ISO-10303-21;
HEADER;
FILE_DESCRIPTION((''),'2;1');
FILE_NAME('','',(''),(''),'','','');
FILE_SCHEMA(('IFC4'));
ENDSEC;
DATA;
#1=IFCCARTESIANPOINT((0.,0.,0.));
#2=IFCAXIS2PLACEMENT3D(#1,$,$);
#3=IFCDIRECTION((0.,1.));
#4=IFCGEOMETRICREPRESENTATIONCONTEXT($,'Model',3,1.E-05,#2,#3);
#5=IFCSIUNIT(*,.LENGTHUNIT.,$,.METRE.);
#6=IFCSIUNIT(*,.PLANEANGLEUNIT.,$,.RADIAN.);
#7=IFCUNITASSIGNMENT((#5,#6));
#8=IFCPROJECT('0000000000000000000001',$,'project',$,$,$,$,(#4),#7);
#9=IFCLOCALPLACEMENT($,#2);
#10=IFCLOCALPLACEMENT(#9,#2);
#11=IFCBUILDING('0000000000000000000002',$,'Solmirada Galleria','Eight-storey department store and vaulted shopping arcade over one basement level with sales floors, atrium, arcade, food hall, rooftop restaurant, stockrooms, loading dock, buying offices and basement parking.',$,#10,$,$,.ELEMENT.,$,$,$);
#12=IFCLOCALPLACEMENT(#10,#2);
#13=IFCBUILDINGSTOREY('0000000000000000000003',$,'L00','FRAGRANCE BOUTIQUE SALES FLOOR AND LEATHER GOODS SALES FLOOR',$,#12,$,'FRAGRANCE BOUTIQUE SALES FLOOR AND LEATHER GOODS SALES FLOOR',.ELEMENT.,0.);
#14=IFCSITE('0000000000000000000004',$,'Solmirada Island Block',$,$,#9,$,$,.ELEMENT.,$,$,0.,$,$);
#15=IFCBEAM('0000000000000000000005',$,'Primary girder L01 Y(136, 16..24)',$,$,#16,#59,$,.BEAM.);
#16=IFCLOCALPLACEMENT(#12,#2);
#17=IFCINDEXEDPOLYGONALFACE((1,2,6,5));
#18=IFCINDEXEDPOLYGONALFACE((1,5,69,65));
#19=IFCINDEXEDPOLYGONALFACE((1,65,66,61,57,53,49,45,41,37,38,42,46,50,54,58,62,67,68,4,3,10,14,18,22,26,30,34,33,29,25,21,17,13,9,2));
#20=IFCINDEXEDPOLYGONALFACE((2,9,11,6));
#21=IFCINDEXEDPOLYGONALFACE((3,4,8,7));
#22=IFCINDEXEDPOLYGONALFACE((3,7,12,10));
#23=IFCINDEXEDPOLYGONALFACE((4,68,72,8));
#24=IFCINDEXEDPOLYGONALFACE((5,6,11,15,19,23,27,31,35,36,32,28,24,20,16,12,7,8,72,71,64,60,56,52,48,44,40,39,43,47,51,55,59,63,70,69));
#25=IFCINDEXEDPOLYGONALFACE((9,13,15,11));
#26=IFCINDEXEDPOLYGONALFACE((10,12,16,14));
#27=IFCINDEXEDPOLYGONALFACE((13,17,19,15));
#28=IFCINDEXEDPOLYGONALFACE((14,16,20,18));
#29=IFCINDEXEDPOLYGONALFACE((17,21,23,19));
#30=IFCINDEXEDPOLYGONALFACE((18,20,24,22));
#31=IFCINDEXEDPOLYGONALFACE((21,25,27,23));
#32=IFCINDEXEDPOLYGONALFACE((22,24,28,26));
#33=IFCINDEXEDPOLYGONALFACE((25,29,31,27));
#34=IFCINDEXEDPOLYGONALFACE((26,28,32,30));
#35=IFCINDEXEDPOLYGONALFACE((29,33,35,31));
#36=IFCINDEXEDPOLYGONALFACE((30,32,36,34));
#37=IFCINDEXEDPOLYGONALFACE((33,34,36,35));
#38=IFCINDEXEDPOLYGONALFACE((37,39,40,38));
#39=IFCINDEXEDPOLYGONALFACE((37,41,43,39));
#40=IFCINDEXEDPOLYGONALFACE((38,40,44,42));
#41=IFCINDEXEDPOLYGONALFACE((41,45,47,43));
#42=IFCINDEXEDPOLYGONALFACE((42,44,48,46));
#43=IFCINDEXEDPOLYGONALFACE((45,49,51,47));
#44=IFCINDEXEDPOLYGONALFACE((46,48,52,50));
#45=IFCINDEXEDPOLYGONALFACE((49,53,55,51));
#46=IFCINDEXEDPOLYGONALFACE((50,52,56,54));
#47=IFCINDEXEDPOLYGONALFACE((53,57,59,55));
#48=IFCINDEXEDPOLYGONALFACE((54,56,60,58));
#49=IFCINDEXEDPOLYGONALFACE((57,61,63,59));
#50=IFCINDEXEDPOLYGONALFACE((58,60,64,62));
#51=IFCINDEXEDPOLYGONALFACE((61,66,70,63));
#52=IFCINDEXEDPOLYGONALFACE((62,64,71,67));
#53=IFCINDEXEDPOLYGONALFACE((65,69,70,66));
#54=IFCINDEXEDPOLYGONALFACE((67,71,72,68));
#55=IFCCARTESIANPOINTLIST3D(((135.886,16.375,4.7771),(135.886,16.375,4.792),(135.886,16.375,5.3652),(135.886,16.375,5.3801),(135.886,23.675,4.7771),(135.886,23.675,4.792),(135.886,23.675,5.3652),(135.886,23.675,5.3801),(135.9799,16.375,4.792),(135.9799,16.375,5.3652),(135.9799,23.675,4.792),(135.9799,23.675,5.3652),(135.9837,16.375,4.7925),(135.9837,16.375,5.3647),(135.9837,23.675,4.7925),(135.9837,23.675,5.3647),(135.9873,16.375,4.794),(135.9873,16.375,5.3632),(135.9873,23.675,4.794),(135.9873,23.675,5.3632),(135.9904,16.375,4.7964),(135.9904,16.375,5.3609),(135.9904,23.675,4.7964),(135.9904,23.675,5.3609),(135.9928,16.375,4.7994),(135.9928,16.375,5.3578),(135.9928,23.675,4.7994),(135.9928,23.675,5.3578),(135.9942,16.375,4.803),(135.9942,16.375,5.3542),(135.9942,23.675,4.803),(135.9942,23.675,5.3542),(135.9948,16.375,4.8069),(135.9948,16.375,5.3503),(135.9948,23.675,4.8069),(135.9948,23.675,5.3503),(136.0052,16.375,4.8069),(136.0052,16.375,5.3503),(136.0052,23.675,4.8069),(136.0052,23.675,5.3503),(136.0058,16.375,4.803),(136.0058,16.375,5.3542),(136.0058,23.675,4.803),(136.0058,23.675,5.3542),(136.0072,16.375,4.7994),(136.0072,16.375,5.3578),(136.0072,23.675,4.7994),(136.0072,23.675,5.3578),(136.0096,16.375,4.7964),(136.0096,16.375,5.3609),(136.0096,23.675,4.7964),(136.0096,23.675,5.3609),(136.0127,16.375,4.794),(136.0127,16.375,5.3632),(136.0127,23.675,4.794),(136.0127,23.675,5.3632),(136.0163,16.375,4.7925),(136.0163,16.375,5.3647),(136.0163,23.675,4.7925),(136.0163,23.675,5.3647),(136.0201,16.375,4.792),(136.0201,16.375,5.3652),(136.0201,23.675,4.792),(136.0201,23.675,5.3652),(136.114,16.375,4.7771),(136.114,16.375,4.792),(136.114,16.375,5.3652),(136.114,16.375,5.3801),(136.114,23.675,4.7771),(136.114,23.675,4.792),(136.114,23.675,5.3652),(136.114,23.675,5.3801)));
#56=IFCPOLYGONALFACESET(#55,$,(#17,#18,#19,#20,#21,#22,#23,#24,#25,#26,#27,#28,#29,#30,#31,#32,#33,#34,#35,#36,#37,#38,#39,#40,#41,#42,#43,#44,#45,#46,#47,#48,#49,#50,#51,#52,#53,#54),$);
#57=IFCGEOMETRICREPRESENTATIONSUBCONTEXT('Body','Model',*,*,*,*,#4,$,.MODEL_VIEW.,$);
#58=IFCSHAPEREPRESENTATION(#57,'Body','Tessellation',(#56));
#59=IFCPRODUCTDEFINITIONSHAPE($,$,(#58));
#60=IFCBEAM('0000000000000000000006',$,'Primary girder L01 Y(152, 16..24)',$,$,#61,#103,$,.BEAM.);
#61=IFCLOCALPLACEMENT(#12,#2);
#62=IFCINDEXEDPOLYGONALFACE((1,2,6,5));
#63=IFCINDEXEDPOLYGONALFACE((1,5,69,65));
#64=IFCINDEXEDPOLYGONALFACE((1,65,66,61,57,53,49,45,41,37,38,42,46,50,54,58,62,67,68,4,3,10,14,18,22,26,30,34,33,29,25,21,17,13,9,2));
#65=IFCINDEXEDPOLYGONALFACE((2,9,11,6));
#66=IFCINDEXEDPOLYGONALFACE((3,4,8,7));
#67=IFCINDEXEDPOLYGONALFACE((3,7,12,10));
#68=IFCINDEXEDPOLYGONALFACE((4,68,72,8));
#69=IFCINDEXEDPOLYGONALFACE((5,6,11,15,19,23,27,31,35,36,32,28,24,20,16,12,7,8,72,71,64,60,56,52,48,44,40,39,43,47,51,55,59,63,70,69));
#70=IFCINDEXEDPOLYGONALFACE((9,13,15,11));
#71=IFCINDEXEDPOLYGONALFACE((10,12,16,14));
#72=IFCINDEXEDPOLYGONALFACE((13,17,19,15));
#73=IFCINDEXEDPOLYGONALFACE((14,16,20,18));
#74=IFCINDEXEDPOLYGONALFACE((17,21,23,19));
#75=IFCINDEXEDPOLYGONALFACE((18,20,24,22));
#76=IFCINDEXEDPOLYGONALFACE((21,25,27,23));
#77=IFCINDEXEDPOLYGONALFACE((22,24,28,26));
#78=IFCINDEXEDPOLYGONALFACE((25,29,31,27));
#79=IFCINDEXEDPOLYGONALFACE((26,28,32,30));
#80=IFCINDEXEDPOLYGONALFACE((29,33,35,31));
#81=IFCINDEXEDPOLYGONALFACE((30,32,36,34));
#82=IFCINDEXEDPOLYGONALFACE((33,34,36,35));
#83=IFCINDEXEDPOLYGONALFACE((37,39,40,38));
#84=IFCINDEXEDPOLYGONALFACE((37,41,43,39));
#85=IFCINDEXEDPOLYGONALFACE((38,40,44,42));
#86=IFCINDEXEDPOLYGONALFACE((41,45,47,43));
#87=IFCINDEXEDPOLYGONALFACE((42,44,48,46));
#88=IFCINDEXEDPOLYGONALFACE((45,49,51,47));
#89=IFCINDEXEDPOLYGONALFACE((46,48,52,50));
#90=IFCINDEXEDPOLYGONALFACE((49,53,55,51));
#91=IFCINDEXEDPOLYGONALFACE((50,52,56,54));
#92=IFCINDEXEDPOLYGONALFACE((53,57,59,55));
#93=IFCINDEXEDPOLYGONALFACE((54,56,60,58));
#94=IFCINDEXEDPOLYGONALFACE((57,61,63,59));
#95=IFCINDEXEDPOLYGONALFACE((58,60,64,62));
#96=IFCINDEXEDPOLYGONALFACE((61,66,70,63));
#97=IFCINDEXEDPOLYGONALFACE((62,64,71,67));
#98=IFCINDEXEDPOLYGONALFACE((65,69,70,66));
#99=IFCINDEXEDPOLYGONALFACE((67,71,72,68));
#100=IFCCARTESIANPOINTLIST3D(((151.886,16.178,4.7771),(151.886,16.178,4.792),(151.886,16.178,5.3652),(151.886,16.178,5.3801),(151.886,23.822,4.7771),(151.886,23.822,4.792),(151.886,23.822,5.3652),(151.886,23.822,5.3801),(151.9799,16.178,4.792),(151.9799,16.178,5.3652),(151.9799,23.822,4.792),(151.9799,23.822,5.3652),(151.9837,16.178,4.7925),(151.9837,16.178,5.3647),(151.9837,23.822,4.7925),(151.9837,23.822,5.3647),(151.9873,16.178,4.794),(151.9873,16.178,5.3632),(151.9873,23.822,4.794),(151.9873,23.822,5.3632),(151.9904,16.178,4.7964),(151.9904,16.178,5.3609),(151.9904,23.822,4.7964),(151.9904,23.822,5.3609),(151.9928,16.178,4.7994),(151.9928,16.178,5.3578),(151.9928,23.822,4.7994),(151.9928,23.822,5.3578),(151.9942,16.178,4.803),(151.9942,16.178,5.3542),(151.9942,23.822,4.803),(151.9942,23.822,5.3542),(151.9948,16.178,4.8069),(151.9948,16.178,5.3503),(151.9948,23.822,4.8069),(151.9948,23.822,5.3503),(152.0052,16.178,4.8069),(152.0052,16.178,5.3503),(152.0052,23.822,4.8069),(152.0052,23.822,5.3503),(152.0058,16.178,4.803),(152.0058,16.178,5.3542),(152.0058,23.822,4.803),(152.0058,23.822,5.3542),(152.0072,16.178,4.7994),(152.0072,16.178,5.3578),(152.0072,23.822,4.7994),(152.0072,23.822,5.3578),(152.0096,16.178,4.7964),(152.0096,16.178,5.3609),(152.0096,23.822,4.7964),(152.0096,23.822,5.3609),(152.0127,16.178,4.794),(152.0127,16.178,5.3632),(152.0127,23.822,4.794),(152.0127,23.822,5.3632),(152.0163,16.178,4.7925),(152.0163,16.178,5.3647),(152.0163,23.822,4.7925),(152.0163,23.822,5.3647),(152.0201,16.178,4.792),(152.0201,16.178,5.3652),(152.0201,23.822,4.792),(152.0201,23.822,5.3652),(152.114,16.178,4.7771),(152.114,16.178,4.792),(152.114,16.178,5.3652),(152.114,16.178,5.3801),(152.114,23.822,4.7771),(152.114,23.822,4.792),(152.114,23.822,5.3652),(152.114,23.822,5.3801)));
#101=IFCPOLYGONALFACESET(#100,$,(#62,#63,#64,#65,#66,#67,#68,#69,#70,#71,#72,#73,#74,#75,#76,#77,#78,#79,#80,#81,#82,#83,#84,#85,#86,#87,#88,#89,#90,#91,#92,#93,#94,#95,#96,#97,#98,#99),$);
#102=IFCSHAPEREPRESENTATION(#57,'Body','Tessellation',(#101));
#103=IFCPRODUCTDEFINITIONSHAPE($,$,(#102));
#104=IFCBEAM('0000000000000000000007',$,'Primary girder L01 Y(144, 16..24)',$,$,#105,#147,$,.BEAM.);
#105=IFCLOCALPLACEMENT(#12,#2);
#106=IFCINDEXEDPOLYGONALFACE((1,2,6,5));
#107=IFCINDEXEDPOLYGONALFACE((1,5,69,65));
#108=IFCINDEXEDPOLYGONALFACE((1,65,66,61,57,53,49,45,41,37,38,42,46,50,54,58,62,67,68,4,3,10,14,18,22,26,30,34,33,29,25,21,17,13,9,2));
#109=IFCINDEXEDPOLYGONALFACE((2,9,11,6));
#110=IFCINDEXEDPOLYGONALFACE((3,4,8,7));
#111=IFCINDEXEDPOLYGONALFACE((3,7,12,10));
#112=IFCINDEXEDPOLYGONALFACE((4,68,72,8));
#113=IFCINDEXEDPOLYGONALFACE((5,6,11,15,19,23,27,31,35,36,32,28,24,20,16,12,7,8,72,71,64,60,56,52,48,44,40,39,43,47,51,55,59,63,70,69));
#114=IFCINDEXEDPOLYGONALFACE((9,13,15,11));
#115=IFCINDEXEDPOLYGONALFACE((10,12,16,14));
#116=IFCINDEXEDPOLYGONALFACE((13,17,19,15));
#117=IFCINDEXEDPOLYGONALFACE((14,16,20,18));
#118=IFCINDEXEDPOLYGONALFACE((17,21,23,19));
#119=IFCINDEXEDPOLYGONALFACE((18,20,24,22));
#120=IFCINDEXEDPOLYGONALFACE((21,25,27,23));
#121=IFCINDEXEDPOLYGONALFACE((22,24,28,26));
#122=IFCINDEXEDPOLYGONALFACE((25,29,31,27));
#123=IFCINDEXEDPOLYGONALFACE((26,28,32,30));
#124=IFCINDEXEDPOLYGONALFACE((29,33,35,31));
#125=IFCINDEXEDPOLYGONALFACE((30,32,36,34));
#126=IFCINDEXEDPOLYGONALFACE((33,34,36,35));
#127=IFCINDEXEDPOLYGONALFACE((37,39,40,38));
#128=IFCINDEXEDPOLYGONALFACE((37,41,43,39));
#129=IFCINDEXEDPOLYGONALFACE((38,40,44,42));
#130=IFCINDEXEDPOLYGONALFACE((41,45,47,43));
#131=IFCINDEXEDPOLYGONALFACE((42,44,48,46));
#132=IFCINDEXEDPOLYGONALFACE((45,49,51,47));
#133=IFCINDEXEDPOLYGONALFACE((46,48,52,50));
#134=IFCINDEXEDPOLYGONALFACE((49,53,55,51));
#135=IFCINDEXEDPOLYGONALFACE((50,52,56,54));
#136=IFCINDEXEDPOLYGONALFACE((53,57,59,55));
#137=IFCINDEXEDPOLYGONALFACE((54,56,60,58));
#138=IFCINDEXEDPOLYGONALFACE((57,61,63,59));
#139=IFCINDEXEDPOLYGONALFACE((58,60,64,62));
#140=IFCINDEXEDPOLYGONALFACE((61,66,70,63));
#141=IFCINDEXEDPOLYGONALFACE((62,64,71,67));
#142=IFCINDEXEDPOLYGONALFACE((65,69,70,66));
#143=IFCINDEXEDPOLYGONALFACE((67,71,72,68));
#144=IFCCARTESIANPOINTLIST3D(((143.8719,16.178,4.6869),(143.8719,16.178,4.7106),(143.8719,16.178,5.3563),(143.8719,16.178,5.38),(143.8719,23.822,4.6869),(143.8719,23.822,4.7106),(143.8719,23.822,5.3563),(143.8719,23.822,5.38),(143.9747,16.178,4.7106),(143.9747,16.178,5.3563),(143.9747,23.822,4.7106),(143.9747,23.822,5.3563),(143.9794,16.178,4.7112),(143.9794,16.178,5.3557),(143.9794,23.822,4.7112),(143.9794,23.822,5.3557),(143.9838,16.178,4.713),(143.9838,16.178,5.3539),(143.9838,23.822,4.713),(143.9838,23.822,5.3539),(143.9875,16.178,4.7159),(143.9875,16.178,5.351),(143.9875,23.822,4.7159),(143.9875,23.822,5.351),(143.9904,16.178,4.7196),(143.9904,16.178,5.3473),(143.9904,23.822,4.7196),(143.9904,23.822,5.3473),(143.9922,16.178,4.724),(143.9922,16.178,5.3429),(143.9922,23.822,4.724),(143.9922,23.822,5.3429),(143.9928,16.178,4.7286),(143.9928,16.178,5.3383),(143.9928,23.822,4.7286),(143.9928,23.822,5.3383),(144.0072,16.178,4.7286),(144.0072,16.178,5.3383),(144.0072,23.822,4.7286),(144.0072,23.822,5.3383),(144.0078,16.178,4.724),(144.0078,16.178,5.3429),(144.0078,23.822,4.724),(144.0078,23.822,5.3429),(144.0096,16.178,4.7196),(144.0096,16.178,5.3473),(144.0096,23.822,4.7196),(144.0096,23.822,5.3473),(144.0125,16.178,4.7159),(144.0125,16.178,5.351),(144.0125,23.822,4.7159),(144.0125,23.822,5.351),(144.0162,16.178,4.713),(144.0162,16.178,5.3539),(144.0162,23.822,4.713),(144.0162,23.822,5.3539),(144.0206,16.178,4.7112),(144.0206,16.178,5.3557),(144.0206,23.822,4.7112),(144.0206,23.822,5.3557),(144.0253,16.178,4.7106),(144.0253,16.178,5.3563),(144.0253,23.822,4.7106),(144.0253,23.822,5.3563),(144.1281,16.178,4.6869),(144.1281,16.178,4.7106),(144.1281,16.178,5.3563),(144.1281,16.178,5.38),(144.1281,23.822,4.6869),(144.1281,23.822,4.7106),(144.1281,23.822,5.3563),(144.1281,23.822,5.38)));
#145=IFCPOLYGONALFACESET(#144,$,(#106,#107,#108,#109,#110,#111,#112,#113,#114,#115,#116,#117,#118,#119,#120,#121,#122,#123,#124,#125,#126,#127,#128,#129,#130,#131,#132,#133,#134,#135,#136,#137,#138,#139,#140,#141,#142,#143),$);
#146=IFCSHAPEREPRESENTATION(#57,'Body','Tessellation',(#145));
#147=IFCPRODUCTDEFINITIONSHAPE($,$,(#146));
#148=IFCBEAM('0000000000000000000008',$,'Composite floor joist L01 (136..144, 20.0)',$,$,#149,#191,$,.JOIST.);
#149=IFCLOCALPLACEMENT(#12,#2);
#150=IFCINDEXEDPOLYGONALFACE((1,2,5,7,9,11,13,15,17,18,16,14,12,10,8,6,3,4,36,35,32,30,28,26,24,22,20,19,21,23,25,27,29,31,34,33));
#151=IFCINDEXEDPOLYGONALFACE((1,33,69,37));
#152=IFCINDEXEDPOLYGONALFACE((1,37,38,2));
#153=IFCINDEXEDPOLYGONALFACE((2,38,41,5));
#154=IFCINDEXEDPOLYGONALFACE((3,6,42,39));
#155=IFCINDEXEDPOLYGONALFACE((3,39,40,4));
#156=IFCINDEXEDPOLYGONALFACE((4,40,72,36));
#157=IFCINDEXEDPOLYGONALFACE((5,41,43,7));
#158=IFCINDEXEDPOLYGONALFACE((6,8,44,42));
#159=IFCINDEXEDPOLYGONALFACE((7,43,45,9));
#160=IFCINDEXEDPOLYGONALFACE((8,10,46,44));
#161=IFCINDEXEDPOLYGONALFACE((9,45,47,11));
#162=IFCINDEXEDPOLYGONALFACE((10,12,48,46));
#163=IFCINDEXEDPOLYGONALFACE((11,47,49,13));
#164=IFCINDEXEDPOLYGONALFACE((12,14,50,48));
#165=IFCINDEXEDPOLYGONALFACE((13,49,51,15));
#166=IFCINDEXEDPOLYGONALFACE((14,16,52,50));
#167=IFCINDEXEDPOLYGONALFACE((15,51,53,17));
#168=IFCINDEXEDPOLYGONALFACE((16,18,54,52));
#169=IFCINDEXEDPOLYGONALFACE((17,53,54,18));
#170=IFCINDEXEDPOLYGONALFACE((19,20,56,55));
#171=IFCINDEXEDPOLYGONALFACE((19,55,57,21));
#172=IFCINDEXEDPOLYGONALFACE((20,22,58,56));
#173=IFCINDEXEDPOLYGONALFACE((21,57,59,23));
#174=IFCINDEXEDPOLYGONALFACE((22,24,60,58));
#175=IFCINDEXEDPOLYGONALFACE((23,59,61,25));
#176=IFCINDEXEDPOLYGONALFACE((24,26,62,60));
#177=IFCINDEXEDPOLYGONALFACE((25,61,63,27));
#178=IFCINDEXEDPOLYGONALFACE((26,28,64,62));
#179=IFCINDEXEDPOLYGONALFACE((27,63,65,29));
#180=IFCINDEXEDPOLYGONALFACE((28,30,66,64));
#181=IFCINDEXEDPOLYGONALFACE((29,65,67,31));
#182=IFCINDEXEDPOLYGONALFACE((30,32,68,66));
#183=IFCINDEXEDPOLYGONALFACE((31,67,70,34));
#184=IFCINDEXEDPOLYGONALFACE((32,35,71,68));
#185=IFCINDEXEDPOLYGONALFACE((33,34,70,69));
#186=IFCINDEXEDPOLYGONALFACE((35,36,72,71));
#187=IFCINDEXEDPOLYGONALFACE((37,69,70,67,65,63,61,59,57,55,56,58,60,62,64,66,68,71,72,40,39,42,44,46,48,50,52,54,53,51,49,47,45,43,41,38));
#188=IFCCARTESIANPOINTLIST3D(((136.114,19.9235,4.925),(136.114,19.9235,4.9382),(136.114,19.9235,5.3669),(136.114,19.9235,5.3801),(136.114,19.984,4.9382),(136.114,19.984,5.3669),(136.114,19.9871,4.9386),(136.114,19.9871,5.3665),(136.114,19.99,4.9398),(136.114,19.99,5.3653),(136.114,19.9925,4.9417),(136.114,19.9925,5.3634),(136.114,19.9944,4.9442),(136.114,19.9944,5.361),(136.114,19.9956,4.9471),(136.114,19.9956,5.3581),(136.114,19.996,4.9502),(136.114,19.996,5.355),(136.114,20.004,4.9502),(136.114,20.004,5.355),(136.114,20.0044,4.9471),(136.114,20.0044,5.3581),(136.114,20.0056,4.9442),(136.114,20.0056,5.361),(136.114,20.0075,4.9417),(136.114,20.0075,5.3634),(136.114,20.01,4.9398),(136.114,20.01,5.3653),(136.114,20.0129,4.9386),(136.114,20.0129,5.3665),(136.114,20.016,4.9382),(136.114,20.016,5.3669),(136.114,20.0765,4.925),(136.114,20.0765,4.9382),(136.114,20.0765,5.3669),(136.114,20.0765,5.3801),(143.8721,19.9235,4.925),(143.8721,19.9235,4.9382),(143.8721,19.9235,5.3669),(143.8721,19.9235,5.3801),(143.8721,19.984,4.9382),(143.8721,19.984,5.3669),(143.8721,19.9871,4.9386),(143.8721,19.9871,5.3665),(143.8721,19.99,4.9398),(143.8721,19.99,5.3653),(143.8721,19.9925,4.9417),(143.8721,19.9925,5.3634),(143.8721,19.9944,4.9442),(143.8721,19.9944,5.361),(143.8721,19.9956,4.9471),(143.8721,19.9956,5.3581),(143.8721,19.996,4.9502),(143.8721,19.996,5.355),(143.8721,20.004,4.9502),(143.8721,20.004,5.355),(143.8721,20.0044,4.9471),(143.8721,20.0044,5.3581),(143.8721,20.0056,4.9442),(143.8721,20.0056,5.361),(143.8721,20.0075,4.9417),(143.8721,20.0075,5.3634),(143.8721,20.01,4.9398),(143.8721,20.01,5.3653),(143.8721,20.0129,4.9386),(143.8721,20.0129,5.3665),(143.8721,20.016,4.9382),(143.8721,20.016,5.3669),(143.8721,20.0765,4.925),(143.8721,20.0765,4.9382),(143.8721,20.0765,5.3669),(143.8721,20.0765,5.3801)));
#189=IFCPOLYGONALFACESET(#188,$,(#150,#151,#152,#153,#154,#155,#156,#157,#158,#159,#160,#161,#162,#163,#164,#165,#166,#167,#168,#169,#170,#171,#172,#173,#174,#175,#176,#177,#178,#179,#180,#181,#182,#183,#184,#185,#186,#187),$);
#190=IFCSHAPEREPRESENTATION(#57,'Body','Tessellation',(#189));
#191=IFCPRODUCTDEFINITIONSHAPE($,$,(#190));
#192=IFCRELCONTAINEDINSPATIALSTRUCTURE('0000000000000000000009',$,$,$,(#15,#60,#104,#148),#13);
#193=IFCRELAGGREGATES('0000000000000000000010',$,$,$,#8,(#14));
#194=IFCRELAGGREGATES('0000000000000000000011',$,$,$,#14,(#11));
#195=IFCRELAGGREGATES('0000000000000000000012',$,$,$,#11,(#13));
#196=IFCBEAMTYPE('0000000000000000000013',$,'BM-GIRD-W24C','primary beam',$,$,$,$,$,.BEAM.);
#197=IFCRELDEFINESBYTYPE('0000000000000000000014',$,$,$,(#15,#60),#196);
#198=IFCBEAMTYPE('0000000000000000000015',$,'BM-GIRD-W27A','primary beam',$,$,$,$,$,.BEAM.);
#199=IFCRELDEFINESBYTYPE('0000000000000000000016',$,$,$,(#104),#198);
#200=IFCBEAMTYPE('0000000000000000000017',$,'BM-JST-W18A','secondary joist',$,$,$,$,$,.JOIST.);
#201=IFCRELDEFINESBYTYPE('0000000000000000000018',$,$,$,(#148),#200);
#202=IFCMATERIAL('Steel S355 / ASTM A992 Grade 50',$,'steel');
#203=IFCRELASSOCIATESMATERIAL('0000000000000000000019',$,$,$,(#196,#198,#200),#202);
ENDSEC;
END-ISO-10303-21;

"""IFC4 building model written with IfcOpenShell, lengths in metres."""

from ifc_helpers import new_model, si_unit, direction, frame, origin, origin_2d, place, context, subcontext, project, spatial, i_section, extrude, material, material_profile, profile_set, type_object, element, save


model = new_model("IFC4")

# Units and contexts
model_context = context("Model", 3, precision=1e-05, world=origin(), true_north=direction((0.0, 1.0)))
body_context = subcontext(model_context, "Body", "Model", "MODEL_VIEW")
ifc_project = project(units=[si_unit("LENGTHUNIT", "METRE"), si_unit("PLANEANGLEUNIT", "RADIAN")], contexts=[model_context])

# Site, building, storey
site_placement = place(None, origin())
site = spatial("IfcSite", under=ifc_project, at=site_placement, Name="Solmirada Island Block", CompositionType="ELEMENT", RefElevation=0.0)
building_placement = place(site_placement, origin())
building = spatial("IfcBuilding", under=site, at=building_placement, Name="Solmirada Galleria", Description="Eight-storey department store and vaulted shopping arcade over one basement level with sales floors, atrium, arcade, food hall, rooftop restaurant, stockrooms, loading dock, buying offices and basement parking.", CompositionType="ELEMENT")
storey_placement = place(building_placement, origin())
storey = spatial("IfcBuildingStorey", under=building, at=storey_placement, Name="L00", Description="FRAGRANCE BOUTIQUE SALES FLOOR AND LEATHER GOODS SALES FLOOR", LongName="FRAGRANCE BOUTIQUE SALES FLOOR AND LEATHER GOODS SALES FLOOR", CompositionType="ELEMENT", Elevation=0.0)

# Beams
ifc_material_1 = material(Name="Steel S355 / ASTM A992 Grade 50", Category="steel")
ifc_material_profile_1 = material_profile(ifc_material_1, i_section(OverallWidth=0.228, OverallDepth=0.603, WebThickness=0.0105, FlangeThickness=0.0149, FilletRadius=0.0149, at=origin_2d()), Name="W24X68")
ifc_profile_set_1 = profile_set([ifc_material_profile_1], Name="Steel S355 / ASTM A992 Grade 50")
beam_type_1 = type_object("IfcBeamType", Name="BM-GIRD-W24C", Description="primary beam", PredefinedType="BEAM", material=ifc_profile_set_1)
beam_1_placement = place(storey_placement, frame((136.0, 16.375, 5.0786), z_axis=(0.0, 1.0, 0.0), x_axis=(-1.0, 0.0, 0.0)))
element("IfcBeam", 1, at=beam_1_placement, inside=storey, type_object=beam_type_1, Name="Primary girder L01 Y(136, 16..24)", PredefinedType="BEAM", context=body_context, shape_type="SweptSolid", body=[
    extrude(i_section(OverallWidth=0.228, OverallDepth=0.603, WebThickness=0.0105, FlangeThickness=0.0149, FilletRadius=0.0149, at=origin_2d()), origin(), (0.0, 0.0, 1.0), 7.3),
])
beam_2_placement = place(storey_placement, frame((152.0, 16.178, 5.0786), z_axis=(0.0, 1.0, 0.0), x_axis=(-1.0, 0.0, 0.0)))
element("IfcBeam", 2, at=beam_2_placement, inside=storey, type_object=beam_type_1, Name="Primary girder L01 Y(152, 16..24)", PredefinedType="BEAM", context=body_context, shape_type="SweptSolid", body=[
    extrude(i_section(OverallWidth=0.228, OverallDepth=0.603, WebThickness=0.0105, FlangeThickness=0.0149, FilletRadius=0.0149, at=origin_2d()), origin(), (0.0, 0.0, 1.0), 7.644),
])
ifc_material_profile_2 = material_profile(ifc_material_1, i_section(OverallWidth=0.2561, OverallDepth=0.6931, WebThickness=0.0144, FlangeThickness=0.0237, FilletRadius=0.0181, at=origin_2d()), Name="W27X114")
ifc_profile_set_2 = profile_set([ifc_material_profile_2], Name="Steel S355 / ASTM A992 Grade 50")
beam_type_2 = type_object("IfcBeamType", Name="BM-GIRD-W27A", Description="primary beam", PredefinedType="BEAM", material=ifc_profile_set_2)
beam_3_placement = place(storey_placement, frame((144.0, 16.178, 5.0334), z_axis=(0.0, 1.0, 0.0), x_axis=(-1.0, 0.0, 0.0)))
element("IfcBeam", 3, at=beam_3_placement, inside=storey, type_object=beam_type_2, Name="Primary girder L01 Y(144, 16..24)", PredefinedType="BEAM", context=body_context, shape_type="SweptSolid", body=[
    extrude(i_section(OverallWidth=0.2561, OverallDepth=0.6931, WebThickness=0.0144, FlangeThickness=0.0237, FilletRadius=0.0181, at=origin_2d()), origin(), (0.0, 0.0, 1.0), 7.644),
])
ifc_material_profile_3 = material_profile(ifc_material_1, i_section(OverallWidth=0.1531, OverallDepth=0.4551, WebThickness=0.0081, FlangeThickness=0.0132, FilletRadius=0.012, at=origin_2d()), Name="W18X40")
ifc_profile_set_3 = profile_set([ifc_material_profile_3], Name="Steel S355 / ASTM A992 Grade 50")
beam_type_3 = type_object("IfcBeamType", Name="BM-JST-W18A", Description="secondary joist", PredefinedType="JOIST", material=ifc_profile_set_3)
for number, where, z_axis, x_axis, name in (
    (4, (136.114, 20.0, 5.1526), (1.0, 0.0, 0.0), (0.0, 1.0, 0.0), "Composite floor joist L01 (136..144, 20.0)"),
):
    element("IfcBeam", number, at=place(storey_placement, frame(where, z_axis=z_axis, x_axis=x_axis)), inside=storey, type_object=beam_type_3, Name=name, PredefinedType="JOIST", context=body_context, shape_type="SweptSolid", body=[
        extrude(i_section(OverallWidth=0.1531, OverallDepth=0.4551, WebThickness=0.0081, FlangeThickness=0.0132, FilletRadius=0.012, at=origin_2d()), origin(), (0.0, 0.0, 1.0), 7.7581),
    ])

save(model, "model.ifc")
